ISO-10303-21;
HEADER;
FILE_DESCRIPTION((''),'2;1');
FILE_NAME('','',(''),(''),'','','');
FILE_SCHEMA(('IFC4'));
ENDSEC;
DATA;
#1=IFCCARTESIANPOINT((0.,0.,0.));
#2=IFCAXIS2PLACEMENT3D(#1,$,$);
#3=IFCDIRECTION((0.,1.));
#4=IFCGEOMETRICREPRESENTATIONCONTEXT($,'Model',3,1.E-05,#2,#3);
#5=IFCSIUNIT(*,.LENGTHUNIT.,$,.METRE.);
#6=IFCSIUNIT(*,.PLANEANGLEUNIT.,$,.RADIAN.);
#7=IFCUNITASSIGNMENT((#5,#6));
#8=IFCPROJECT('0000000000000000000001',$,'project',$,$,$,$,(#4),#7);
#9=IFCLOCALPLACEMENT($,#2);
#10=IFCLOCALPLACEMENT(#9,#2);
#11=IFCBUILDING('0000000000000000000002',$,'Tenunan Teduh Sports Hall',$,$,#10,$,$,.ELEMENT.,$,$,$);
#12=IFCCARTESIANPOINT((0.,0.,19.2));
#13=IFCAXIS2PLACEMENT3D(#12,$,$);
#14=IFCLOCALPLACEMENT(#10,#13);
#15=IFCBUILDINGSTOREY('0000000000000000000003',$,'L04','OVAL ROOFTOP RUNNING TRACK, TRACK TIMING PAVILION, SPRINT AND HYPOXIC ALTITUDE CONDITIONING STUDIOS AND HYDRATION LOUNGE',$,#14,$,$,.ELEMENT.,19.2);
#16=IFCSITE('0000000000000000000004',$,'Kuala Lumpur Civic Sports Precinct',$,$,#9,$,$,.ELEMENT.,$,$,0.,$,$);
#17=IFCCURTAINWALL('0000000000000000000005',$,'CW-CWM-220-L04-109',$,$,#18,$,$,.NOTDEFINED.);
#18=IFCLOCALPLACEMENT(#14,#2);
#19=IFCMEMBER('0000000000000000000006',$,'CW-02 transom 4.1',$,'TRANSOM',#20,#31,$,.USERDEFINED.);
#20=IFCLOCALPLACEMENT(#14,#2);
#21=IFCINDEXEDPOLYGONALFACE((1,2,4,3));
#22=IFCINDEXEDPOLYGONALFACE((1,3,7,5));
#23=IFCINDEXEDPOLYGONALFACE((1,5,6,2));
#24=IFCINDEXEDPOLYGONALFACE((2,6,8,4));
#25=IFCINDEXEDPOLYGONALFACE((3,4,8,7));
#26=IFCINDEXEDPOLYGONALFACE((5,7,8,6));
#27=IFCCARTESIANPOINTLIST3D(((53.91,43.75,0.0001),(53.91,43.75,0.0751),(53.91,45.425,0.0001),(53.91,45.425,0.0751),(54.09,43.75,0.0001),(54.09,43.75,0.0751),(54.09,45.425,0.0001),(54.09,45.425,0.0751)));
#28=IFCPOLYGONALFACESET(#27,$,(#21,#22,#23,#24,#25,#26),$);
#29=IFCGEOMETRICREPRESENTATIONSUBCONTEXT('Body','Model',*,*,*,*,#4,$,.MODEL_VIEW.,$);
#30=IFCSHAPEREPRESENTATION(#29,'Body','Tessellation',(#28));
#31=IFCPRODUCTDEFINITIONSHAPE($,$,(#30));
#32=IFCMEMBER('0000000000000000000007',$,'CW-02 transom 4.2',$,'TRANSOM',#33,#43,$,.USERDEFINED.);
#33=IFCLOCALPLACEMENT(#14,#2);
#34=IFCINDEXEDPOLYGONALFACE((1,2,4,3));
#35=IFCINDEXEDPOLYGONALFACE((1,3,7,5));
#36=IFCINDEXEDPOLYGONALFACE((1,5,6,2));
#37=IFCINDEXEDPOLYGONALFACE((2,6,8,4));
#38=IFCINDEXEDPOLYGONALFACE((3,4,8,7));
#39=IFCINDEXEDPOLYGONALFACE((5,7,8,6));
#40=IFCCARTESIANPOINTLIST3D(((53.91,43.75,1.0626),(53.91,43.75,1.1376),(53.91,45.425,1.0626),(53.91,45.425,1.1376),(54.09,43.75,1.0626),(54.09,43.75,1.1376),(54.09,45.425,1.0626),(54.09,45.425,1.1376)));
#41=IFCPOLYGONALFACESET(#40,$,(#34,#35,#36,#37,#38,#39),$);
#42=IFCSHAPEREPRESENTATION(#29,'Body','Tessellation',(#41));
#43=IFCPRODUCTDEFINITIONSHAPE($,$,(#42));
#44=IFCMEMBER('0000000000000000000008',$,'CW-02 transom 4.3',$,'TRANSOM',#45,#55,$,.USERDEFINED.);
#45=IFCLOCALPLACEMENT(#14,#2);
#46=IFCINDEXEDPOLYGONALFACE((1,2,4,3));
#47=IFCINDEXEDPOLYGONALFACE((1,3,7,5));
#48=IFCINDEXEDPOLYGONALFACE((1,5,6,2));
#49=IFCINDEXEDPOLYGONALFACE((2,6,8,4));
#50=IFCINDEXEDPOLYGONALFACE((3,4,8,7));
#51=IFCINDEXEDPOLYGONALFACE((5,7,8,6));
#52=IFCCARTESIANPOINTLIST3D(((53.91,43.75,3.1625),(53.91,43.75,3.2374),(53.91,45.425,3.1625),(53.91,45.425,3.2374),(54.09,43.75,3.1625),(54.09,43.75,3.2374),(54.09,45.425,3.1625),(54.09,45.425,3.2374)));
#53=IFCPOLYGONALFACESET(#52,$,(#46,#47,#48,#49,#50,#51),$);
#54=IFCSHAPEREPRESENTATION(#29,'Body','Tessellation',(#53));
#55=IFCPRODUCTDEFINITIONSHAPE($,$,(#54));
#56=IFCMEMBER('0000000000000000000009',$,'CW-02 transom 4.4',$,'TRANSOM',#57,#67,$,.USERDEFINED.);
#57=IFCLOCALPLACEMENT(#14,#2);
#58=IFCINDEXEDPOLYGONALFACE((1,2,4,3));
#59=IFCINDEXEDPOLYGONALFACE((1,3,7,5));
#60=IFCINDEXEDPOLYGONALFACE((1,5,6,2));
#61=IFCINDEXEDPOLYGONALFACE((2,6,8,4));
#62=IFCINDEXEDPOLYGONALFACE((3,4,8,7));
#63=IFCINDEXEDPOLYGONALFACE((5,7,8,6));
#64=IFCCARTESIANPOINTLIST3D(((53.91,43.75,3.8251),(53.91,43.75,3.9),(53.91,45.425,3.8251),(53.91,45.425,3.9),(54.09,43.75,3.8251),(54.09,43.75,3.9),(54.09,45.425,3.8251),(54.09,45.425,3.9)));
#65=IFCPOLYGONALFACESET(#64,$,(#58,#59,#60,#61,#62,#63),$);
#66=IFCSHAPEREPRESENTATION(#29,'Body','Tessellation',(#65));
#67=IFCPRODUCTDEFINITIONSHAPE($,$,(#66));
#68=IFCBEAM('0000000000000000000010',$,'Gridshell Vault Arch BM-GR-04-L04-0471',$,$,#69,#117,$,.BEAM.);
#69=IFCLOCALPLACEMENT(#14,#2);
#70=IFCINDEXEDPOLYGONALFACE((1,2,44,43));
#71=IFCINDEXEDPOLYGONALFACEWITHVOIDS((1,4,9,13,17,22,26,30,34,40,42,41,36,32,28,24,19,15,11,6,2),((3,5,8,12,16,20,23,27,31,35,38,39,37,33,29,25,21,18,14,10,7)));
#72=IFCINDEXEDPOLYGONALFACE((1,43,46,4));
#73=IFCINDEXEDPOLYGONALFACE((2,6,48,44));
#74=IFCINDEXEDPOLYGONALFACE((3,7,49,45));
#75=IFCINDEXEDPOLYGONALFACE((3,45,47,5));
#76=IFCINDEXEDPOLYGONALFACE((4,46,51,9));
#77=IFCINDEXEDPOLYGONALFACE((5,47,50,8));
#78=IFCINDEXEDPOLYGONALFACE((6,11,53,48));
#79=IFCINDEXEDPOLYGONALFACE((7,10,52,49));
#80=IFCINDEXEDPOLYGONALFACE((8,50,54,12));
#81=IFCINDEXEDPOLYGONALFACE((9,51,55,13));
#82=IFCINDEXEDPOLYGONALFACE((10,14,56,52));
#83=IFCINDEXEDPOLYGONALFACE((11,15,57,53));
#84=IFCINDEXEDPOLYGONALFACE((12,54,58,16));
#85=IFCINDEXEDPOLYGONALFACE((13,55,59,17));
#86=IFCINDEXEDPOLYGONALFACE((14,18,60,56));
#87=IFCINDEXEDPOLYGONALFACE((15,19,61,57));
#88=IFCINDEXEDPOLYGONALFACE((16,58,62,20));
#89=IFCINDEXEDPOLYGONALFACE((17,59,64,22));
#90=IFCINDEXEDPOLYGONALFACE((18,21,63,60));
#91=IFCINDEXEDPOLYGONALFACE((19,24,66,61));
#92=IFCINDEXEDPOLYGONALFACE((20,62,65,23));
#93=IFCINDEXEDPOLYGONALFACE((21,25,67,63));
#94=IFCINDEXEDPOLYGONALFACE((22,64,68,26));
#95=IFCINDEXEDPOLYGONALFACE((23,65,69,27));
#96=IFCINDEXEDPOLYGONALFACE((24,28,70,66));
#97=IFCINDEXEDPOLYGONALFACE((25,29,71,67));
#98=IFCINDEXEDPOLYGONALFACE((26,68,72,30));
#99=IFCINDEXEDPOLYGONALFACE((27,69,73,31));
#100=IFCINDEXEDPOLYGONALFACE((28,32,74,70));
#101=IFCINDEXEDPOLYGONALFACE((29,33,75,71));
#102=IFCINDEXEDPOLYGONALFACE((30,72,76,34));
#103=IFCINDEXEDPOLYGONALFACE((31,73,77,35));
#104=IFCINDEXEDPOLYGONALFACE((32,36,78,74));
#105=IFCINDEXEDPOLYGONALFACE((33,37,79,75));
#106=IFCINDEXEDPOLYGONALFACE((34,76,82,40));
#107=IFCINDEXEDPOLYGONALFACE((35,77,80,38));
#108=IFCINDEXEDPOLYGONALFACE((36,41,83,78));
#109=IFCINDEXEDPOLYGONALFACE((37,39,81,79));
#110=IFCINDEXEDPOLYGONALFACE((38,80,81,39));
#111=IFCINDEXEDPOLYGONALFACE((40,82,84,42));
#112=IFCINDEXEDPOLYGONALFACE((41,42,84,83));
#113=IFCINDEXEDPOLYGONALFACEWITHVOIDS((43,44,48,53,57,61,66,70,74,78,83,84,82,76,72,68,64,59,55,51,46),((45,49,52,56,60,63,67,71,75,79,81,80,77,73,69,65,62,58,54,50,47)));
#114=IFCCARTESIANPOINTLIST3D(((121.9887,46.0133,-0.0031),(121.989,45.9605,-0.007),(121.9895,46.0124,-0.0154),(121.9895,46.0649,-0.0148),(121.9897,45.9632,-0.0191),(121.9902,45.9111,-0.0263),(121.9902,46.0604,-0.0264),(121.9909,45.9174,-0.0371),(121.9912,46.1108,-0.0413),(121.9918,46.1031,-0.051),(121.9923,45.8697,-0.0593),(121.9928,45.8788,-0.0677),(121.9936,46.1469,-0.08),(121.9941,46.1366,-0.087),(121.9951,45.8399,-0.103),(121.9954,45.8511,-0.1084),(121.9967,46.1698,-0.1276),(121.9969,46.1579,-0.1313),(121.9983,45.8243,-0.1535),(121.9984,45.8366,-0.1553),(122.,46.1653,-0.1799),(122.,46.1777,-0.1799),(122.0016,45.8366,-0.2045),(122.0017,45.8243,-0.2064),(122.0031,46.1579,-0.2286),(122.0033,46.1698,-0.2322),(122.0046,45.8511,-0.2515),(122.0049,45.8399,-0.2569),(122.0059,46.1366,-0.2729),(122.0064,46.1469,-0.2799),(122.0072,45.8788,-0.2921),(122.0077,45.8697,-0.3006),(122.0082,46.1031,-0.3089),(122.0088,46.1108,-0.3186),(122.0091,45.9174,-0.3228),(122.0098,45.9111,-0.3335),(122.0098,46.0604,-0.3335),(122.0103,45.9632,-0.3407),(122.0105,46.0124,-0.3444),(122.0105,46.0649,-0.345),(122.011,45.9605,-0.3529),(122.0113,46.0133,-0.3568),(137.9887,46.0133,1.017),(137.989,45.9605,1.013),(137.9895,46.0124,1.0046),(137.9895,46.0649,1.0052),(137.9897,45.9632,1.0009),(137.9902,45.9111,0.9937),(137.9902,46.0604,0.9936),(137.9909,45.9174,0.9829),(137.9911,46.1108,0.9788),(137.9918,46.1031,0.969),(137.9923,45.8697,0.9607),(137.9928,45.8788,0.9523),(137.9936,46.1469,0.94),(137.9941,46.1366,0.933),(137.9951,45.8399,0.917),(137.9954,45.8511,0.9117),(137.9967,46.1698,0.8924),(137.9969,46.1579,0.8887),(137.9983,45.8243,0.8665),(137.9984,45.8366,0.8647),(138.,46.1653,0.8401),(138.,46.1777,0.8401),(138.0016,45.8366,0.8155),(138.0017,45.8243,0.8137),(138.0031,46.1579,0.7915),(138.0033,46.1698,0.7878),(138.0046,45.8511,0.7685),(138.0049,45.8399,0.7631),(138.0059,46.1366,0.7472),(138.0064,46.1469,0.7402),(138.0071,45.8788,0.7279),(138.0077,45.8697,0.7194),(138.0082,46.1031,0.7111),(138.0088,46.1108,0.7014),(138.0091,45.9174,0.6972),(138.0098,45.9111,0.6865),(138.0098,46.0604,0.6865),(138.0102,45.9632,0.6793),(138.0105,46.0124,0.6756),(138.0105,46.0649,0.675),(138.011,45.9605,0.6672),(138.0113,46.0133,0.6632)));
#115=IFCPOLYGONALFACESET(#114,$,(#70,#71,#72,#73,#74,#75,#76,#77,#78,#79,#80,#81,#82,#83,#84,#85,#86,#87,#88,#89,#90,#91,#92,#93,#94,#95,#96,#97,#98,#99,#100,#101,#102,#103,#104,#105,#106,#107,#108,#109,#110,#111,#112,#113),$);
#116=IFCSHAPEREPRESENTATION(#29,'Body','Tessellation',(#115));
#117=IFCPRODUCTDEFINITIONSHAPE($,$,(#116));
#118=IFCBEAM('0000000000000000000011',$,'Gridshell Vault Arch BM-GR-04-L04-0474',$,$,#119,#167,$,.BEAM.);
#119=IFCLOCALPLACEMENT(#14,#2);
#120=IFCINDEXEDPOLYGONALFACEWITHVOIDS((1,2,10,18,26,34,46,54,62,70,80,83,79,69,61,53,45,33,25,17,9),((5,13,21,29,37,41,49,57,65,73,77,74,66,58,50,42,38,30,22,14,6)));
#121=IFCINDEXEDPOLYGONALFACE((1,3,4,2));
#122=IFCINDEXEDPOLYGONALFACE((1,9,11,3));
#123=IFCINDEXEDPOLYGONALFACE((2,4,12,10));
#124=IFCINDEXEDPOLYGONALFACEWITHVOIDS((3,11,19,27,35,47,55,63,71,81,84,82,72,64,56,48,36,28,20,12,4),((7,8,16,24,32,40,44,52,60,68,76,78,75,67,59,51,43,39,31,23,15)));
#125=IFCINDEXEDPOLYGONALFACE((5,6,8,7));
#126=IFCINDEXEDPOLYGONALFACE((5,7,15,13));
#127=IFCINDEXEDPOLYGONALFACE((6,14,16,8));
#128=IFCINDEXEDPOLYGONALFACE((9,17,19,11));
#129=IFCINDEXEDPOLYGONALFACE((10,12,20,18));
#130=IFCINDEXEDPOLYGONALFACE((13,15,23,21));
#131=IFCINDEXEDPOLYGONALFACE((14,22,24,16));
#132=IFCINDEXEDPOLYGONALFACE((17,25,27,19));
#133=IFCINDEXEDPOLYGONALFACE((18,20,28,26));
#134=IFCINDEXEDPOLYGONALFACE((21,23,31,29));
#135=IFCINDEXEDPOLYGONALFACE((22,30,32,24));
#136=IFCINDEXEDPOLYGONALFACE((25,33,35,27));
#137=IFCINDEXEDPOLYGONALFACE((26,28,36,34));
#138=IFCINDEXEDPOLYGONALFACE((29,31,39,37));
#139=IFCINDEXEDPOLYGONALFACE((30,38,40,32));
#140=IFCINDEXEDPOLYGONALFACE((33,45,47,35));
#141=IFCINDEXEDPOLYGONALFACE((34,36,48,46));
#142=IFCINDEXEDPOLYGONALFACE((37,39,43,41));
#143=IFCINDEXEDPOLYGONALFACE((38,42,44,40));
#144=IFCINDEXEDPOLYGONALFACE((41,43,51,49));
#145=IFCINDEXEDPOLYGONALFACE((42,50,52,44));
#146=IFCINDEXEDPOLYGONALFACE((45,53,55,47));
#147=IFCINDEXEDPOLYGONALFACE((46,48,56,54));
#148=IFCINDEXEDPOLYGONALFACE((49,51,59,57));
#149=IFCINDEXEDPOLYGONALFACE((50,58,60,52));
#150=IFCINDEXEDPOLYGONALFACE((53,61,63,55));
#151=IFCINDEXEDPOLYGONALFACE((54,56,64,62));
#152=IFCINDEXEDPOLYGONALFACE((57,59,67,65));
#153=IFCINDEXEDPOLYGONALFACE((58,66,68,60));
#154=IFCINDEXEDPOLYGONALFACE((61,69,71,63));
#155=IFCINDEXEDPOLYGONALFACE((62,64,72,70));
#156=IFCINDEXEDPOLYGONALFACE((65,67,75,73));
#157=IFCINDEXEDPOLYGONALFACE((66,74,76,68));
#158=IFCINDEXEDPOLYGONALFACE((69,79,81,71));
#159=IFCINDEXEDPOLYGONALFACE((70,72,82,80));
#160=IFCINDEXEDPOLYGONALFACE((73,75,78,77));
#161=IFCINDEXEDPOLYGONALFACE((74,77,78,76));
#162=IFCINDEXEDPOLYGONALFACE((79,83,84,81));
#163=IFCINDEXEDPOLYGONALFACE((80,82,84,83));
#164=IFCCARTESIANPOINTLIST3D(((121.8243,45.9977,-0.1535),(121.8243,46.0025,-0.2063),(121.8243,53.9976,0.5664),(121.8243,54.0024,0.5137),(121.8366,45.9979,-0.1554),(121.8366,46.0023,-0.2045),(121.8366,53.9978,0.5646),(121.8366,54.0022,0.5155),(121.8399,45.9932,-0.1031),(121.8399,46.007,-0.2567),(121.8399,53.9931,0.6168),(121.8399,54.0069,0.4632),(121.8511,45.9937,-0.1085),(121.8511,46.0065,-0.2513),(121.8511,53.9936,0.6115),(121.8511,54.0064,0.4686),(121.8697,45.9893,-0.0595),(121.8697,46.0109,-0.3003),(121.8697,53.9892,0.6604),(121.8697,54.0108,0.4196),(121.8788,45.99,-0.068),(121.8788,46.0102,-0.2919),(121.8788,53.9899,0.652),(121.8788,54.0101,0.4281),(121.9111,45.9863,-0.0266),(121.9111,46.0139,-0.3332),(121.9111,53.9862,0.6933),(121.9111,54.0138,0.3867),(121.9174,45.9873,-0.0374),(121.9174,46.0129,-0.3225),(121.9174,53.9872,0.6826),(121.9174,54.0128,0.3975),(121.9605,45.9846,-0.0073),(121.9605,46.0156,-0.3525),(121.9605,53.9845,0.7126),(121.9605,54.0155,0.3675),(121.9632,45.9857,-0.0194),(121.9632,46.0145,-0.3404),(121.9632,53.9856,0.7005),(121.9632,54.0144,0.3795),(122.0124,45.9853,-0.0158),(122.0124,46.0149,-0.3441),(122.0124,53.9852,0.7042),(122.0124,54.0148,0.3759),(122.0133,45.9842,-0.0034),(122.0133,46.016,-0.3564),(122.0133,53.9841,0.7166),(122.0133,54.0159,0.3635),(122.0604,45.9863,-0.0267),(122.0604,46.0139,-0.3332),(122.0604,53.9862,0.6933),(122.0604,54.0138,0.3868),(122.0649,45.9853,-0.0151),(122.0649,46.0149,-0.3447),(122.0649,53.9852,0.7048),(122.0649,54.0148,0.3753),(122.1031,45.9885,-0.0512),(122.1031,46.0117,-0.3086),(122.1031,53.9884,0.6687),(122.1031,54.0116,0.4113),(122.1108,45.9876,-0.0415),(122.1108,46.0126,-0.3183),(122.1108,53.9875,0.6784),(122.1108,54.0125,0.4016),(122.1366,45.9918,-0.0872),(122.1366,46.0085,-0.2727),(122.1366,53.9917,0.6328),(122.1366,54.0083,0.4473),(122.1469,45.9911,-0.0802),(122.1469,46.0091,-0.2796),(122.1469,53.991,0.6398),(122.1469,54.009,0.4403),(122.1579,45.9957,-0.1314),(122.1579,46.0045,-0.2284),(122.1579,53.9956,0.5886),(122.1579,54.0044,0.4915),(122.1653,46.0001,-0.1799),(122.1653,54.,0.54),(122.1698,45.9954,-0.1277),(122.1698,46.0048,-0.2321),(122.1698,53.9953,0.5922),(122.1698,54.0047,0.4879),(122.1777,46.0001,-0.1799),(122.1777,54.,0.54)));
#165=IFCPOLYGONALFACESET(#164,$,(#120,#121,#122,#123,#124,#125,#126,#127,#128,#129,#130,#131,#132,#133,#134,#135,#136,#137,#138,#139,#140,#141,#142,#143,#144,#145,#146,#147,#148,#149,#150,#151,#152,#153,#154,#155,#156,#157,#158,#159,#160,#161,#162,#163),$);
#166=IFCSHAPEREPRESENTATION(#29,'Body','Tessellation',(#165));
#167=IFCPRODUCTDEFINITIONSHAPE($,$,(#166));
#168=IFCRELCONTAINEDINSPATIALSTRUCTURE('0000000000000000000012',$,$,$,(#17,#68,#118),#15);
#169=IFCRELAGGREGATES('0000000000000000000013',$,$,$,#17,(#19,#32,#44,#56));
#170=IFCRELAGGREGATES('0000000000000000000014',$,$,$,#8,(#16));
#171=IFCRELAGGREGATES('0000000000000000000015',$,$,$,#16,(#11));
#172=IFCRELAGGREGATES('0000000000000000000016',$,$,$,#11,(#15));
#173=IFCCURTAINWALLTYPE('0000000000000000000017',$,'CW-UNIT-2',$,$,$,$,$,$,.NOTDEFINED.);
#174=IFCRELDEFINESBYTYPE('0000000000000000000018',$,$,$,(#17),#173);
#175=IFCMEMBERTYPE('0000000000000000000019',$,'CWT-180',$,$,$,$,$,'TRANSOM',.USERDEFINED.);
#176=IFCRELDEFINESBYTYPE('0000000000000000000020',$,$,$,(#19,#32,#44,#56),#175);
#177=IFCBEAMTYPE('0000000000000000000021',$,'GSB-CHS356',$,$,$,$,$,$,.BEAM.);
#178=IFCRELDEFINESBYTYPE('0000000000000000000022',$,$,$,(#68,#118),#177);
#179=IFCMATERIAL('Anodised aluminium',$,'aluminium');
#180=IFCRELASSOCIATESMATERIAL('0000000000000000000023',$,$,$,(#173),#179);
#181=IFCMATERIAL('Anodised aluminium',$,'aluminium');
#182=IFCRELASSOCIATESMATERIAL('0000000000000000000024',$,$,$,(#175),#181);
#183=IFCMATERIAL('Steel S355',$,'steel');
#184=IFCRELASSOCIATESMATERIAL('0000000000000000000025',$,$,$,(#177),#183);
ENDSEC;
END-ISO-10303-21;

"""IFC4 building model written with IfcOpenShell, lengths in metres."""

from ifc_helpers import new_model, si_unit, direction, frame, origin, origin_2d, place, context, subcontext, project, spatial, rectangle, hollow_circle, extrude, material, material_profile, profile_set, type_object, element, aggregate, save


model = new_model("IFC4")

# Units and contexts
model_context = context("Model", 3, precision=1e-05, world=origin(), true_north=direction((0.0, 1.0)))
body_context = subcontext(model_context, "Body", "Model", "MODEL_VIEW")
ifc_project = project(units=[si_unit("LENGTHUNIT", "METRE"), si_unit("PLANEANGLEUNIT", "RADIAN")], contexts=[model_context])

# Site, building, storey
site_placement = place(None, origin())
site = spatial("IfcSite", under=ifc_project, at=site_placement, Name="Kuala Lumpur Civic Sports Precinct", CompositionType="ELEMENT", RefElevation=0.0)
building_placement = place(site_placement, origin())
building = spatial("IfcBuilding", under=site, at=building_placement, Name="Tenunan Teduh Sports Hall", CompositionType="ELEMENT")
storey_placement = place(building_placement, frame((0.0, 0.0, 19.2)))
storey = spatial("IfcBuildingStorey", under=building, at=storey_placement, Name="L04", Description="OVAL ROOFTOP RUNNING TRACK, TRACK TIMING PAVILION, SPRINT AND HYPOXIC ALTITUDE CONDITIONING STUDIOS AND HYDRATION LOUNGE", CompositionType="ELEMENT", Elevation=19.2)

# Curtain wall, members
ifc_material_1 = material(Name="Anodised aluminium", Category="aluminium")
curtain_wall_type = type_object("IfcCurtainWallType", Name="CW-UNIT-2", PredefinedType="NOTDEFINED", material=ifc_material_1)
curtain_wall_placement = place(storey_placement, origin())
curtain_wall = element("IfcCurtainWall", 1, at=curtain_wall_placement, inside=storey, type_object=curtain_wall_type, Name="CW-CWM-220-L04-109", PredefinedType="NOTDEFINED")
ifc_material_2 = material(Name="Anodised aluminium", Category="aluminium")
ifc_material_profile_1 = material_profile(ifc_material_2, rectangle(XDim=0.075, YDim=0.1799, at=origin_2d()), Name="CWT 75x180")
ifc_profile_set_1 = profile_set([ifc_material_profile_1], Name="Anodised aluminium")
member_type_1 = type_object("IfcMemberType", Name="CWT-180", ElementType="TRANSOM", PredefinedType="USERDEFINED", material=ifc_profile_set_1)
member_1_placement = place(storey_placement, frame((54.0, 43.75, 0.0376), z_axis=(0.0, 1.0, 0.0), x_axis=(0.0, 0.0, 1.0)))
member_1 = element("IfcMember", 2, at=member_1_placement, type_object=member_type_1, Name="CW-02 transom 4.1", ObjectType="TRANSOM", PredefinedType="USERDEFINED", context=body_context, shape_type="SweptSolid", body=[
    extrude(rectangle(XDim=0.075, YDim=0.1799, at=origin_2d()), origin(), (0.0, 0.0, 1.0), 1.675),
])
member_2_placement = place(storey_placement, frame((54.0, 43.75, 1.1001), z_axis=(0.0, 1.0, 0.0), x_axis=(0.0, 0.0, 1.0)))
member_2 = element("IfcMember", 3, at=member_2_placement, type_object=member_type_1, Name="CW-02 transom 4.2", ObjectType="TRANSOM", PredefinedType="USERDEFINED", context=body_context, shape_type="SweptSolid", body=[
    extrude(rectangle(XDim=0.075, YDim=0.1799, at=origin_2d()), origin(), (0.0, 0.0, 1.0), 1.675),
])
member_3_placement = place(storey_placement, frame((54.0, 43.75, 3.2), z_axis=(0.0, 1.0, 0.0), x_axis=(0.0, 0.0, 1.0)))
member_3 = element("IfcMember", 4, at=member_3_placement, type_object=member_type_1, Name="CW-02 transom 4.3", ObjectType="TRANSOM", PredefinedType="USERDEFINED", context=body_context, shape_type="SweptSolid", body=[
    extrude(rectangle(XDim=0.075, YDim=0.1799, at=origin_2d()), origin(), (0.0, 0.0, 1.0), 1.675),
])
member_4_placement = place(storey_placement, frame((54.0, 43.75, 3.8625), z_axis=(0.0, 1.0, 0.0), x_axis=(0.0, 0.0, 1.0)))
member_4 = element("IfcMember", 5, at=member_4_placement, type_object=member_type_1, Name="CW-02 transom 4.4", ObjectType="TRANSOM", PredefinedType="USERDEFINED", context=body_context, shape_type="SweptSolid", body=[
    extrude(rectangle(XDim=0.075, YDim=0.1799, at=origin_2d()), origin(), (0.0, 0.0, 1.0), 1.675),
])

# Beams
ifc_material_3 = material(Name="Steel S355", Category="steel")
ifc_material_profile_2 = material_profile(ifc_material_3, hollow_circle(Radius=0.1777, WallThickness=0.0125, at=origin_2d()), Name="CHS 355.6x12.5")
ifc_profile_set_2 = profile_set([ifc_material_profile_2], Name="Steel S355")
beam_type_1 = type_object("IfcBeamType", Name="GSB-CHS356", PredefinedType="BEAM", material=ifc_profile_set_2)
beam_1_placement = place(storey_placement, frame((122.0, 46.0, -0.1799), z_axis=(0.997974, 0.0, 0.063622), x_axis=(0.0, 1.0, 0.0)))
element("IfcBeam", 6, at=beam_1_placement, inside=storey, type_object=beam_type_1, Name="Gridshell Vault Arch BM-GR-04-L04-0471", PredefinedType="BEAM", context=body_context, shape_type="SweptSolid", body=[
    extrude(hollow_circle(Radius=0.1777, WallThickness=0.0125, at=origin_2d()), origin(), (0.0, 0.0, 1.0), 16.0325),
])
beam_2_placement = place(storey_placement, frame((122.0, 54.0, 0.54), z_axis=(0.0, -0.995975, -0.089634), x_axis=(1.0, 0.0, 0.0)))
element("IfcBeam", 7, at=beam_2_placement, inside=storey, type_object=beam_type_1, Name="Gridshell Vault Arch BM-GR-04-L04-0474", PredefinedType="BEAM", context=body_context, shape_type="SweptSolid", body=[
    extrude(hollow_circle(Radius=0.1777, WallThickness=0.0125, at=origin_2d()), origin(), (0.0, 0.0, 1.0), 8.0322),
])

aggregate(curtain_wall, [member_1, member_2, member_3, member_4])

save(model, "model.ifc")
